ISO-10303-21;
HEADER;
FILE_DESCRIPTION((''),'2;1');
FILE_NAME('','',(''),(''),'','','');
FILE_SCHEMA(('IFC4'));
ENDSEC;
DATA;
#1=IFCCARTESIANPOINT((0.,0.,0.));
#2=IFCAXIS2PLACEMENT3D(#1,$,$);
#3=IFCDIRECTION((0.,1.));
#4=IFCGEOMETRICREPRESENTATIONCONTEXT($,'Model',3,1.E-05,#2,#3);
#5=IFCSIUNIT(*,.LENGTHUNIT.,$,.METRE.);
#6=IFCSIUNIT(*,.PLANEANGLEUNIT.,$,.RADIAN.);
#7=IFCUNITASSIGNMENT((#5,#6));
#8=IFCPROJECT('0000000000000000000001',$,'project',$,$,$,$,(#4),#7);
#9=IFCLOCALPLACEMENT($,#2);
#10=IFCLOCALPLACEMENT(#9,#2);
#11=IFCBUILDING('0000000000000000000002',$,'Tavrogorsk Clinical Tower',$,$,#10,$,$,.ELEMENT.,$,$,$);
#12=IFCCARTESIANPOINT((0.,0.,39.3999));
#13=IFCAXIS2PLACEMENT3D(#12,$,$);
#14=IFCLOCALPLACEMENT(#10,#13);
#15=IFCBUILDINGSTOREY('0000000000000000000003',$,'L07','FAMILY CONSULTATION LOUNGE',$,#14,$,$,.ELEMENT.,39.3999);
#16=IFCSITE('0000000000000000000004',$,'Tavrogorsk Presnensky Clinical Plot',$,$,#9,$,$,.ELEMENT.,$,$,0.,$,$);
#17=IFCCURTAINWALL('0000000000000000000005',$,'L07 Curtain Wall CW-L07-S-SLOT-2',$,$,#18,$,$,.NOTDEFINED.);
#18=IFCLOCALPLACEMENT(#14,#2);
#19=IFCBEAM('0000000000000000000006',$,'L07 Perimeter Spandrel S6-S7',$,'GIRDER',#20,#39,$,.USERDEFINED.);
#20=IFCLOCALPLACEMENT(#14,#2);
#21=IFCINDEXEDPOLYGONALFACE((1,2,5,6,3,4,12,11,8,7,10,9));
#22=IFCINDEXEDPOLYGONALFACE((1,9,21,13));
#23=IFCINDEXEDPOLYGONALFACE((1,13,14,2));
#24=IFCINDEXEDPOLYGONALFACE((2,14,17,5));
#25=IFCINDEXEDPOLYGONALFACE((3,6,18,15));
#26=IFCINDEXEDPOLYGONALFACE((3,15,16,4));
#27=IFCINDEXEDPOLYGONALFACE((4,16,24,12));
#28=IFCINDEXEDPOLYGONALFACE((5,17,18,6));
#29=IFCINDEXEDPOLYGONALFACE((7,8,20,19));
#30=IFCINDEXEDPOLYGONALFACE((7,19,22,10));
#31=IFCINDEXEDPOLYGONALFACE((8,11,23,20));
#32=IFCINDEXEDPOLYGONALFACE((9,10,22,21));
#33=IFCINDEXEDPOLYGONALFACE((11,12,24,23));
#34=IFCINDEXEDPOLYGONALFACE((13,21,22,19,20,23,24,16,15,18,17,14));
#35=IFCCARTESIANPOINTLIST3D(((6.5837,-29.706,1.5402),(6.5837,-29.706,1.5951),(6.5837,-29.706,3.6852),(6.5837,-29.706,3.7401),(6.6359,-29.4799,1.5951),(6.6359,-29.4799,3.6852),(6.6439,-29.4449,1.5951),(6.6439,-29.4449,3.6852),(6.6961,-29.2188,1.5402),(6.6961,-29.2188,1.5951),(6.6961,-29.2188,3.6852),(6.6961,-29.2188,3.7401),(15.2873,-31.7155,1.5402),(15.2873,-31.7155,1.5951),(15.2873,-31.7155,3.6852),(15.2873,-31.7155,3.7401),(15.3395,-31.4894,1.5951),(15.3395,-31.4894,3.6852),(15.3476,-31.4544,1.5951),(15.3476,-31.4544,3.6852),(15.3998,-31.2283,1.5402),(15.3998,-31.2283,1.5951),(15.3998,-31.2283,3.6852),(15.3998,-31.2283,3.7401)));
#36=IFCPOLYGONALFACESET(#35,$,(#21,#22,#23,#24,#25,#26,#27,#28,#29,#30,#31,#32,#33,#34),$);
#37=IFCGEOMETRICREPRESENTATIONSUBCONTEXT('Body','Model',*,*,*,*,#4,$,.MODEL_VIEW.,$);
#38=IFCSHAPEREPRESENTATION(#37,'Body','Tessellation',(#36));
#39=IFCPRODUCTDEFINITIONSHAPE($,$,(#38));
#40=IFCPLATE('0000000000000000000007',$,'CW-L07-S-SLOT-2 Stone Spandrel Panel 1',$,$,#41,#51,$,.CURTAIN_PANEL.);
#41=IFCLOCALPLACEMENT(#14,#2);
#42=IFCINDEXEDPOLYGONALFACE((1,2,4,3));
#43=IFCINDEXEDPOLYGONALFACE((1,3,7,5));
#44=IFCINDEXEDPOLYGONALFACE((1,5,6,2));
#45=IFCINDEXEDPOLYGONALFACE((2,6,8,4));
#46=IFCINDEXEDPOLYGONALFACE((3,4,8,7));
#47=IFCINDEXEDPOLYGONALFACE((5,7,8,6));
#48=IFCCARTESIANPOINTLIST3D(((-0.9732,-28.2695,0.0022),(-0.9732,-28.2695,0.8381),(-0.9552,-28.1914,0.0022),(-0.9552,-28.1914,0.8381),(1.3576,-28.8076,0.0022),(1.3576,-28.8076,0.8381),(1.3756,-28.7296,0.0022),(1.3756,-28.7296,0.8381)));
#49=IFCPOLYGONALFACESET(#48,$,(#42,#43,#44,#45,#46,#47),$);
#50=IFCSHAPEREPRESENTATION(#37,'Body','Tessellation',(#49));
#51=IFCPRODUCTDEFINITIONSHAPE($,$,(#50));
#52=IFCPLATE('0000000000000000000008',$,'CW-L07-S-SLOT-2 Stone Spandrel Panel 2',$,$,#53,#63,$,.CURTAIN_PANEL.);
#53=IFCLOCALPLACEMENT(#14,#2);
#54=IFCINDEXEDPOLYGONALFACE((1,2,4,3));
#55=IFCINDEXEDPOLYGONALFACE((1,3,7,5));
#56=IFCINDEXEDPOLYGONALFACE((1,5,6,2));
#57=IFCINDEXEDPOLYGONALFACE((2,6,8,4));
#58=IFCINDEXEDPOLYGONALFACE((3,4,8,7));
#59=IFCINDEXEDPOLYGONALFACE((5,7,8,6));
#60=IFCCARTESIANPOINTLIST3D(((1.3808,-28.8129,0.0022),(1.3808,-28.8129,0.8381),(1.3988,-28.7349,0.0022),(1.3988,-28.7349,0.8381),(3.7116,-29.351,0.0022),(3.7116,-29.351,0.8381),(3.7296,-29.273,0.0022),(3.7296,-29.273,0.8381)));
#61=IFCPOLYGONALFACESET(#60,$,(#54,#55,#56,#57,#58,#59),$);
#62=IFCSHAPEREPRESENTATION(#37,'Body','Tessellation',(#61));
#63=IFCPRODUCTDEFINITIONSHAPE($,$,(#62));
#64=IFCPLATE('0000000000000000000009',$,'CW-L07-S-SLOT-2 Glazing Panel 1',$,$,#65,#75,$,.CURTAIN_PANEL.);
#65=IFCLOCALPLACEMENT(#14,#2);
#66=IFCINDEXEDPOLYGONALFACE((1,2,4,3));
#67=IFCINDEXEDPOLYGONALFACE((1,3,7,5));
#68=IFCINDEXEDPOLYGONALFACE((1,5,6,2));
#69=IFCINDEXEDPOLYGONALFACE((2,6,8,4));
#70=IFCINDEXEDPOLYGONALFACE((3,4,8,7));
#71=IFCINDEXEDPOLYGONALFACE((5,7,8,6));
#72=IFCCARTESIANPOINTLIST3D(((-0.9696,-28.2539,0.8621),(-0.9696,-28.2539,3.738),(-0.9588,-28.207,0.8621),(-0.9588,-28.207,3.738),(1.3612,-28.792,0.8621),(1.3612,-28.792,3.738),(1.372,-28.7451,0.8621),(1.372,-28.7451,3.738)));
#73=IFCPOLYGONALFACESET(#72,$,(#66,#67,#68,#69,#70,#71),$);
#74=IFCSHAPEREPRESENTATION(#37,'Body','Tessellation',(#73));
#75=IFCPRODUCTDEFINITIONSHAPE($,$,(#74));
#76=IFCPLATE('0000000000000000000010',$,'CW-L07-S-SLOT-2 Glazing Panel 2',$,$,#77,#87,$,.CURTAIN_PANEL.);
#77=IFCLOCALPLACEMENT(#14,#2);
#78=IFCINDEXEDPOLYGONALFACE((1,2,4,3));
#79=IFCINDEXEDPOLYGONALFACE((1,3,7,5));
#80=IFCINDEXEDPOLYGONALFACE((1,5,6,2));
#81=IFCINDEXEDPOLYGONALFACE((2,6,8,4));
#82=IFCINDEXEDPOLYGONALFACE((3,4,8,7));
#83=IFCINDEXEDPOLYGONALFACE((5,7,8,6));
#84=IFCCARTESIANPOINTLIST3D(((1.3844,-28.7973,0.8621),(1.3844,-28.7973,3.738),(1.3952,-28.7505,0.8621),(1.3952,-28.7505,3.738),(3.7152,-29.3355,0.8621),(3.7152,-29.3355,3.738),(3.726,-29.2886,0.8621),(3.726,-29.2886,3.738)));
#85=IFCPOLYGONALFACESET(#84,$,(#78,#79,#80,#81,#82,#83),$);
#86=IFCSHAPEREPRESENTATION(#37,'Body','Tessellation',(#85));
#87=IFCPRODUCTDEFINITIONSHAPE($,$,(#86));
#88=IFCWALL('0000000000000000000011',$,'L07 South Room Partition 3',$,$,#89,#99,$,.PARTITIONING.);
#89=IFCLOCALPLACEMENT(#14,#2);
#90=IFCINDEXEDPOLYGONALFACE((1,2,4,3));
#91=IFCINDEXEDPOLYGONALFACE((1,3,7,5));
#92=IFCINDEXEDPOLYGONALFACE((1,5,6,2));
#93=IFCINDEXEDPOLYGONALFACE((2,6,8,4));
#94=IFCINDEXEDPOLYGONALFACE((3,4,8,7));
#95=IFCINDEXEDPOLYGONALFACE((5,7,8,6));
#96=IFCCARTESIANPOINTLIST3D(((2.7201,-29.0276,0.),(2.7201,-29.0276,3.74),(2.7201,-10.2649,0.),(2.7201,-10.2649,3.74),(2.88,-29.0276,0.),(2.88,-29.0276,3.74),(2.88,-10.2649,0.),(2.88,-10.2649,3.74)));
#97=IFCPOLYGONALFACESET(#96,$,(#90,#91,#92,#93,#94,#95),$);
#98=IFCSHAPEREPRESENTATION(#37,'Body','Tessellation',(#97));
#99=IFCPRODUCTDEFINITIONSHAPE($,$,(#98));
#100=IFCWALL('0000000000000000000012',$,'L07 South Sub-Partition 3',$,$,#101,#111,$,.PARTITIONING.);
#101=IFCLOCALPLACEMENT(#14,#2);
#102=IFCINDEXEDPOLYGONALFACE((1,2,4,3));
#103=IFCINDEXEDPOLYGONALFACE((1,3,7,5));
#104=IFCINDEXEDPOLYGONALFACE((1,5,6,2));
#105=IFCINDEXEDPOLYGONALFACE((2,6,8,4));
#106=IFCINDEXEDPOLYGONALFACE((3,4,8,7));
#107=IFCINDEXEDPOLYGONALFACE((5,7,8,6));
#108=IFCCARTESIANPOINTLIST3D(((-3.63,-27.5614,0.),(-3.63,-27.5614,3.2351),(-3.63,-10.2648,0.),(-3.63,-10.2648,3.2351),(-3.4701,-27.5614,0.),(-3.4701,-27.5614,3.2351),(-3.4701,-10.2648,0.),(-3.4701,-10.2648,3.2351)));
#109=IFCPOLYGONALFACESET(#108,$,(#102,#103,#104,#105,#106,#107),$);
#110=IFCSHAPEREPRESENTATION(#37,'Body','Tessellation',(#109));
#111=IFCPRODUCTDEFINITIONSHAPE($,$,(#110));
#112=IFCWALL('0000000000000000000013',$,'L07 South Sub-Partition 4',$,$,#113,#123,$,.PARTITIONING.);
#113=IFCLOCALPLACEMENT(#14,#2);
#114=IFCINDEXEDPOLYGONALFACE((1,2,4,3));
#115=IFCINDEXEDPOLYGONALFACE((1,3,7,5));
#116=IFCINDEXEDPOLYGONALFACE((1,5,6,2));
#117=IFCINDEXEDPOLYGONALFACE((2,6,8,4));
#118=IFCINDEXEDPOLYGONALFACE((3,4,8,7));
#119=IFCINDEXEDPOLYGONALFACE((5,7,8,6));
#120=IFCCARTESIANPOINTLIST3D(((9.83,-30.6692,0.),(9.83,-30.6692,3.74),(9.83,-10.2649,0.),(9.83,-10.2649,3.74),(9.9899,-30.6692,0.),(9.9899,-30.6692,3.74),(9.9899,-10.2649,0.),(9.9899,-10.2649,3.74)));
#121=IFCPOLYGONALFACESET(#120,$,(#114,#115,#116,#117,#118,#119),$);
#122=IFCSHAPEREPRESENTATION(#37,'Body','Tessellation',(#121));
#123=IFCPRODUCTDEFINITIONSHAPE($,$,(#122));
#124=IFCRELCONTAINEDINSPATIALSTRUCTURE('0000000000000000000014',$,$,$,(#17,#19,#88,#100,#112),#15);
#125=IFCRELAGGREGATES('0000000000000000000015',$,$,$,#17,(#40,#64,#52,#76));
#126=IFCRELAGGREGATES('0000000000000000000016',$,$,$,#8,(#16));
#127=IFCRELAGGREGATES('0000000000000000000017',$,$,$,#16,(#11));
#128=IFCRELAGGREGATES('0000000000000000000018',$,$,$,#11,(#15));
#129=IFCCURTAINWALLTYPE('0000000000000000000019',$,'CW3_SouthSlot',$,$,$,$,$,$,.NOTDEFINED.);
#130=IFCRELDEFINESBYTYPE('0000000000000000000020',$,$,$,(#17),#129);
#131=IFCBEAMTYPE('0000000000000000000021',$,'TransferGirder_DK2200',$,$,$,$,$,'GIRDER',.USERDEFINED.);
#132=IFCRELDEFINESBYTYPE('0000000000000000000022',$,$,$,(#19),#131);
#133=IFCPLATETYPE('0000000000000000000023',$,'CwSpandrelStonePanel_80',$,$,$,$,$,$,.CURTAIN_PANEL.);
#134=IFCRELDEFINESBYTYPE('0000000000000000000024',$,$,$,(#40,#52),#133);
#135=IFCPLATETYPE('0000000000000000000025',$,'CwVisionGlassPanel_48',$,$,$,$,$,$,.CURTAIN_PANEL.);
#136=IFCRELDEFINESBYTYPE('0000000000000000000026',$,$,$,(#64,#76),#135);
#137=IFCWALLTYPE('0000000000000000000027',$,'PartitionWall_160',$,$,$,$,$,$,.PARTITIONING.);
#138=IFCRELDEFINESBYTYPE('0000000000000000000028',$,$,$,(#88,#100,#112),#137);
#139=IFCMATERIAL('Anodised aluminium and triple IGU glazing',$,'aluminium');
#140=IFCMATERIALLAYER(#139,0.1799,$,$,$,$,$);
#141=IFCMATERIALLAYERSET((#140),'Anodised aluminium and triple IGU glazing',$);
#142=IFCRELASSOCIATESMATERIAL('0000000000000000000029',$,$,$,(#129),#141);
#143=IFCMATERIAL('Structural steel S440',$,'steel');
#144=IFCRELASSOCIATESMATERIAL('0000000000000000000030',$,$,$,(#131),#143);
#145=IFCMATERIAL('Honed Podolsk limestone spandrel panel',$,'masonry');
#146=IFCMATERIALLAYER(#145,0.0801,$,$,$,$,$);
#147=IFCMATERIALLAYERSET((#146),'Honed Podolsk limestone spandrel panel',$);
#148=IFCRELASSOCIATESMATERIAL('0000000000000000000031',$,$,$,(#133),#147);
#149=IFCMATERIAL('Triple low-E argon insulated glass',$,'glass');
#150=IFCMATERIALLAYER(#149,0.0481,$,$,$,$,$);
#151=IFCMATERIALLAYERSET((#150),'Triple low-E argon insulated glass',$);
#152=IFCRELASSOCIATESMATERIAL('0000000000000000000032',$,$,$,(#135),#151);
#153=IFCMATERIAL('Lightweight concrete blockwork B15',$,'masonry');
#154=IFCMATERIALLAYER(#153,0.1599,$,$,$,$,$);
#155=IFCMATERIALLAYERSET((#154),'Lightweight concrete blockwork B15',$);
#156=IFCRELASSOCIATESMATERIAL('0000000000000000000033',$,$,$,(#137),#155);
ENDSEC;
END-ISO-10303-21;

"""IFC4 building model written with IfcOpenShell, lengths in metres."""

from ifc_helpers import new_model, si_unit, direction, frame, frame_2d, origin, origin_2d, place, context, subcontext, project, spatial, rectangle, i_section, extrude, material, layer, layer_set, material_profile, profile_set, type_object, element, aggregate, save


model = new_model("IFC4")

# Units and contexts
model_context = context("Model", 3, precision=1e-05, world=origin(), true_north=direction((0.0, 1.0)))
body_context = subcontext(model_context, "Body", "Model", "MODEL_VIEW")
ifc_project = project(units=[si_unit("LENGTHUNIT", "METRE"), si_unit("PLANEANGLEUNIT", "RADIAN")], contexts=[model_context])

# Site, building, storey
site_placement = place(None, origin())
site = spatial("IfcSite", under=ifc_project, at=site_placement, Name="Tavrogorsk Presnensky Clinical Plot", CompositionType="ELEMENT", RefElevation=0.0)
building_placement = place(site_placement, origin())
building = spatial("IfcBuilding", under=site, at=building_placement, Name="Tavrogorsk Clinical Tower", CompositionType="ELEMENT")
storey_placement = place(building_placement, frame((0.0, 0.0, 39.3999)))
storey = spatial("IfcBuildingStorey", under=building, at=storey_placement, Name="L07", Description="FAMILY CONSULTATION LOUNGE", CompositionType="ELEMENT", Elevation=39.3999)

# Curtain wall
ifc_material_1 = material(Name="Anodised aluminium and triple IGU glazing", Category="aluminium")
ifc_layer_1 = layer(ifc_material_1, 0.1799)
ifc_layer_set_1 = layer_set([ifc_layer_1], Name="Anodised aluminium and triple IGU glazing")
curtain_wall_type = type_object("IfcCurtainWallType", Name="CW3_SouthSlot", PredefinedType="NOTDEFINED", material=ifc_layer_set_1)
curtain_wall_placement = place(storey_placement, origin())
curtain_wall = element("IfcCurtainWall", 1, at=curtain_wall_placement, inside=storey, type_object=curtain_wall_type, Name="L07 Curtain Wall CW-L07-S-SLOT-2", PredefinedType="NOTDEFINED")

# Beam
ifc_material_2 = material(Name="Structural steel S440", Category="steel")
ifc_material_profile_1 = material_profile(ifc_material_2, i_section(OverallWidth=0.5, OverallDepth=2.2, WebThickness=0.0359, FlangeThickness=0.0549, at=origin_2d()), Name="DK-2200x500x36x55")
ifc_profile_set_1 = profile_set([ifc_material_profile_1], Name="Structural steel S440")
beam_type = type_object("IfcBeamType", Name="TransferGirder_DK2200", ElementType="GIRDER", PredefinedType="USERDEFINED", material=ifc_profile_set_1)
beam_placement = place(storey_placement, frame((6.6399, -29.4624, 2.6401), z_axis=(0.974367, -0.224965, 0.0), x_axis=(0.224965, 0.974367, 0.0)))
element("IfcBeam", 2, at=beam_placement, inside=storey, type_object=beam_type, Name="L07 Perimeter Spandrel S6-S7", ObjectType="GIRDER", PredefinedType="USERDEFINED", context=body_context, shape_type="SweptSolid", body=[
    extrude(i_section(OverallWidth=0.5, OverallDepth=2.2, WebThickness=0.0359, FlangeThickness=0.0549, at=origin_2d()), origin(), (0.0, 0.0, 1.0), 8.9326),
])

# Plates
ifc_material_3 = material(Name="Honed Podolsk limestone spandrel panel", Category="masonry")
ifc_layer_2 = layer(ifc_material_3, 0.0801)
ifc_layer_set_2 = layer_set([ifc_layer_2], Name="Honed Podolsk limestone spandrel panel")
plate_type_1 = type_object("IfcPlateType", Name="CwSpandrelStonePanel_80", PredefinedType="CURTAIN_PANEL", material=ifc_layer_set_2)
plate_1_placement = place(storey_placement, frame((0.2012, -28.4995, 0.0022), z_axis=(0.0, 0.0, 1.0), x_axis=(0.97437, -0.224951, 0.0)))
plate_1 = element("IfcPlate", 3, at=plate_1_placement, type_object=plate_type_1, Name="CW-L07-S-SLOT-2 Stone Spandrel Panel 1", PredefinedType="CURTAIN_PANEL", context=body_context, shape_type="SweptSolid", body=[
    extrude(rectangle(XDim=2.3921, YDim=0.0801, at=origin_2d()), origin(), (0.0, 0.0, 1.0), 0.8359),
])
plate_2_placement = place(storey_placement, frame((2.5552, -29.043, 0.0022), z_axis=(0.0, 0.0, 1.0), x_axis=(0.97437, -0.224951, 0.0)))
plate_2 = element("IfcPlate", 4, at=plate_2_placement, type_object=plate_type_1, Name="CW-L07-S-SLOT-2 Stone Spandrel Panel 2", PredefinedType="CURTAIN_PANEL", context=body_context, shape_type="SweptSolid", body=[
    extrude(rectangle(XDim=2.3921, YDim=0.0801, at=origin_2d()), origin(), (0.0, 0.0, 1.0), 0.8359),
])
ifc_material_4 = material(Name="Triple low-E argon insulated glass", Category="glass")
ifc_layer_3 = layer(ifc_material_4, 0.0481)
ifc_layer_set_3 = layer_set([ifc_layer_3], Name="Triple low-E argon insulated glass")
plate_type_2 = type_object("IfcPlateType", Name="CwVisionGlassPanel_48", PredefinedType="CURTAIN_PANEL", material=ifc_layer_set_3)
plate_3_placement = place(storey_placement, frame((0.2012, -28.4995, 0.8621), z_axis=(0.0, 0.0, 1.0), x_axis=(0.97437, -0.224951, 0.0)))
plate_3 = element("IfcPlate", 5, at=plate_3_placement, type_object=plate_type_2, Name="CW-L07-S-SLOT-2 Glazing Panel 1", PredefinedType="CURTAIN_PANEL", context=body_context, shape_type="SweptSolid", body=[
    extrude(rectangle(XDim=2.3921, YDim=0.0481, at=origin_2d()), origin(), (0.0, 0.0, 1.0), 2.876),
])
plate_4_placement = place(storey_placement, frame((2.5552, -29.043, 0.8621), z_axis=(0.0, 0.0, 1.0), x_axis=(0.97437, -0.224951, 0.0)))
plate_4 = element("IfcPlate", 6, at=plate_4_placement, type_object=plate_type_2, Name="CW-L07-S-SLOT-2 Glazing Panel 2", PredefinedType="CURTAIN_PANEL", context=body_context, shape_type="SweptSolid", body=[
    extrude(rectangle(XDim=2.3921, YDim=0.0481, at=origin_2d()), origin(), (0.0, 0.0, 1.0), 2.876),
])
aggregate(curtain_wall, [plate_1, plate_3, plate_2, plate_4])

# Walls
ifc_material_5 = material(Name="Lightweight concrete blockwork B15", Category="masonry")
ifc_layer_4 = layer(ifc_material_5, 0.1599)
ifc_layer_set_4 = layer_set([ifc_layer_4], Name="Lightweight concrete blockwork B15")
wall_type_1 = type_object("IfcWallType", Name="PartitionWall_160", PredefinedType="PARTITIONING", material=ifc_layer_set_4)
wall_1_placement = place(storey_placement, frame((2.8, -29.0276, 0.0), z_axis=(0.0, 0.0, 1.0), x_axis=(0.0, 1.0, 0.0)))
element("IfcWall", 7, at=wall_1_placement, inside=storey, type_object=wall_type_1, Name="L07 South Room Partition 3", PredefinedType="PARTITIONING", context=body_context, shape_type="SweptSolid", body=[
    extrude(rectangle(XDim=18.7627, YDim=0.1599, at=frame_2d((9.3813, 0.0))), origin(), (0.0, 0.0, 1.0), 3.74),
])
wall_2_placement = place(storey_placement, frame((-3.55, -27.5615, 0.0), z_axis=(0.0, 0.0, 1.0), x_axis=(0.0, 1.0, 0.0)))
element("IfcWall", 8, at=wall_2_placement, inside=storey, type_object=wall_type_1, Name="L07 South Sub-Partition 3", PredefinedType="PARTITIONING", context=body_context, shape_type="SweptSolid", body=[
    extrude(rectangle(XDim=17.2966, YDim=0.1599, at=frame_2d((8.6484, 0.0))), origin(), (0.0, 0.0, 1.0), 3.2351),
])
wall_3_placement = place(storey_placement, frame((9.9099, -30.6692, 0.0), z_axis=(0.0, 0.0, 1.0), x_axis=(0.0, 1.0, 0.0)))
element("IfcWall", 9, at=wall_3_placement, inside=storey, type_object=wall_type_1, Name="L07 South Sub-Partition 4", PredefinedType="PARTITIONING", context=body_context, shape_type="SweptSolid", body=[
    extrude(rectangle(XDim=20.4043, YDim=0.1599, at=frame_2d((10.2021, 0.0))), origin(), (0.0, 0.0, 1.0), 3.74),
])

save(model, "model.ifc")
